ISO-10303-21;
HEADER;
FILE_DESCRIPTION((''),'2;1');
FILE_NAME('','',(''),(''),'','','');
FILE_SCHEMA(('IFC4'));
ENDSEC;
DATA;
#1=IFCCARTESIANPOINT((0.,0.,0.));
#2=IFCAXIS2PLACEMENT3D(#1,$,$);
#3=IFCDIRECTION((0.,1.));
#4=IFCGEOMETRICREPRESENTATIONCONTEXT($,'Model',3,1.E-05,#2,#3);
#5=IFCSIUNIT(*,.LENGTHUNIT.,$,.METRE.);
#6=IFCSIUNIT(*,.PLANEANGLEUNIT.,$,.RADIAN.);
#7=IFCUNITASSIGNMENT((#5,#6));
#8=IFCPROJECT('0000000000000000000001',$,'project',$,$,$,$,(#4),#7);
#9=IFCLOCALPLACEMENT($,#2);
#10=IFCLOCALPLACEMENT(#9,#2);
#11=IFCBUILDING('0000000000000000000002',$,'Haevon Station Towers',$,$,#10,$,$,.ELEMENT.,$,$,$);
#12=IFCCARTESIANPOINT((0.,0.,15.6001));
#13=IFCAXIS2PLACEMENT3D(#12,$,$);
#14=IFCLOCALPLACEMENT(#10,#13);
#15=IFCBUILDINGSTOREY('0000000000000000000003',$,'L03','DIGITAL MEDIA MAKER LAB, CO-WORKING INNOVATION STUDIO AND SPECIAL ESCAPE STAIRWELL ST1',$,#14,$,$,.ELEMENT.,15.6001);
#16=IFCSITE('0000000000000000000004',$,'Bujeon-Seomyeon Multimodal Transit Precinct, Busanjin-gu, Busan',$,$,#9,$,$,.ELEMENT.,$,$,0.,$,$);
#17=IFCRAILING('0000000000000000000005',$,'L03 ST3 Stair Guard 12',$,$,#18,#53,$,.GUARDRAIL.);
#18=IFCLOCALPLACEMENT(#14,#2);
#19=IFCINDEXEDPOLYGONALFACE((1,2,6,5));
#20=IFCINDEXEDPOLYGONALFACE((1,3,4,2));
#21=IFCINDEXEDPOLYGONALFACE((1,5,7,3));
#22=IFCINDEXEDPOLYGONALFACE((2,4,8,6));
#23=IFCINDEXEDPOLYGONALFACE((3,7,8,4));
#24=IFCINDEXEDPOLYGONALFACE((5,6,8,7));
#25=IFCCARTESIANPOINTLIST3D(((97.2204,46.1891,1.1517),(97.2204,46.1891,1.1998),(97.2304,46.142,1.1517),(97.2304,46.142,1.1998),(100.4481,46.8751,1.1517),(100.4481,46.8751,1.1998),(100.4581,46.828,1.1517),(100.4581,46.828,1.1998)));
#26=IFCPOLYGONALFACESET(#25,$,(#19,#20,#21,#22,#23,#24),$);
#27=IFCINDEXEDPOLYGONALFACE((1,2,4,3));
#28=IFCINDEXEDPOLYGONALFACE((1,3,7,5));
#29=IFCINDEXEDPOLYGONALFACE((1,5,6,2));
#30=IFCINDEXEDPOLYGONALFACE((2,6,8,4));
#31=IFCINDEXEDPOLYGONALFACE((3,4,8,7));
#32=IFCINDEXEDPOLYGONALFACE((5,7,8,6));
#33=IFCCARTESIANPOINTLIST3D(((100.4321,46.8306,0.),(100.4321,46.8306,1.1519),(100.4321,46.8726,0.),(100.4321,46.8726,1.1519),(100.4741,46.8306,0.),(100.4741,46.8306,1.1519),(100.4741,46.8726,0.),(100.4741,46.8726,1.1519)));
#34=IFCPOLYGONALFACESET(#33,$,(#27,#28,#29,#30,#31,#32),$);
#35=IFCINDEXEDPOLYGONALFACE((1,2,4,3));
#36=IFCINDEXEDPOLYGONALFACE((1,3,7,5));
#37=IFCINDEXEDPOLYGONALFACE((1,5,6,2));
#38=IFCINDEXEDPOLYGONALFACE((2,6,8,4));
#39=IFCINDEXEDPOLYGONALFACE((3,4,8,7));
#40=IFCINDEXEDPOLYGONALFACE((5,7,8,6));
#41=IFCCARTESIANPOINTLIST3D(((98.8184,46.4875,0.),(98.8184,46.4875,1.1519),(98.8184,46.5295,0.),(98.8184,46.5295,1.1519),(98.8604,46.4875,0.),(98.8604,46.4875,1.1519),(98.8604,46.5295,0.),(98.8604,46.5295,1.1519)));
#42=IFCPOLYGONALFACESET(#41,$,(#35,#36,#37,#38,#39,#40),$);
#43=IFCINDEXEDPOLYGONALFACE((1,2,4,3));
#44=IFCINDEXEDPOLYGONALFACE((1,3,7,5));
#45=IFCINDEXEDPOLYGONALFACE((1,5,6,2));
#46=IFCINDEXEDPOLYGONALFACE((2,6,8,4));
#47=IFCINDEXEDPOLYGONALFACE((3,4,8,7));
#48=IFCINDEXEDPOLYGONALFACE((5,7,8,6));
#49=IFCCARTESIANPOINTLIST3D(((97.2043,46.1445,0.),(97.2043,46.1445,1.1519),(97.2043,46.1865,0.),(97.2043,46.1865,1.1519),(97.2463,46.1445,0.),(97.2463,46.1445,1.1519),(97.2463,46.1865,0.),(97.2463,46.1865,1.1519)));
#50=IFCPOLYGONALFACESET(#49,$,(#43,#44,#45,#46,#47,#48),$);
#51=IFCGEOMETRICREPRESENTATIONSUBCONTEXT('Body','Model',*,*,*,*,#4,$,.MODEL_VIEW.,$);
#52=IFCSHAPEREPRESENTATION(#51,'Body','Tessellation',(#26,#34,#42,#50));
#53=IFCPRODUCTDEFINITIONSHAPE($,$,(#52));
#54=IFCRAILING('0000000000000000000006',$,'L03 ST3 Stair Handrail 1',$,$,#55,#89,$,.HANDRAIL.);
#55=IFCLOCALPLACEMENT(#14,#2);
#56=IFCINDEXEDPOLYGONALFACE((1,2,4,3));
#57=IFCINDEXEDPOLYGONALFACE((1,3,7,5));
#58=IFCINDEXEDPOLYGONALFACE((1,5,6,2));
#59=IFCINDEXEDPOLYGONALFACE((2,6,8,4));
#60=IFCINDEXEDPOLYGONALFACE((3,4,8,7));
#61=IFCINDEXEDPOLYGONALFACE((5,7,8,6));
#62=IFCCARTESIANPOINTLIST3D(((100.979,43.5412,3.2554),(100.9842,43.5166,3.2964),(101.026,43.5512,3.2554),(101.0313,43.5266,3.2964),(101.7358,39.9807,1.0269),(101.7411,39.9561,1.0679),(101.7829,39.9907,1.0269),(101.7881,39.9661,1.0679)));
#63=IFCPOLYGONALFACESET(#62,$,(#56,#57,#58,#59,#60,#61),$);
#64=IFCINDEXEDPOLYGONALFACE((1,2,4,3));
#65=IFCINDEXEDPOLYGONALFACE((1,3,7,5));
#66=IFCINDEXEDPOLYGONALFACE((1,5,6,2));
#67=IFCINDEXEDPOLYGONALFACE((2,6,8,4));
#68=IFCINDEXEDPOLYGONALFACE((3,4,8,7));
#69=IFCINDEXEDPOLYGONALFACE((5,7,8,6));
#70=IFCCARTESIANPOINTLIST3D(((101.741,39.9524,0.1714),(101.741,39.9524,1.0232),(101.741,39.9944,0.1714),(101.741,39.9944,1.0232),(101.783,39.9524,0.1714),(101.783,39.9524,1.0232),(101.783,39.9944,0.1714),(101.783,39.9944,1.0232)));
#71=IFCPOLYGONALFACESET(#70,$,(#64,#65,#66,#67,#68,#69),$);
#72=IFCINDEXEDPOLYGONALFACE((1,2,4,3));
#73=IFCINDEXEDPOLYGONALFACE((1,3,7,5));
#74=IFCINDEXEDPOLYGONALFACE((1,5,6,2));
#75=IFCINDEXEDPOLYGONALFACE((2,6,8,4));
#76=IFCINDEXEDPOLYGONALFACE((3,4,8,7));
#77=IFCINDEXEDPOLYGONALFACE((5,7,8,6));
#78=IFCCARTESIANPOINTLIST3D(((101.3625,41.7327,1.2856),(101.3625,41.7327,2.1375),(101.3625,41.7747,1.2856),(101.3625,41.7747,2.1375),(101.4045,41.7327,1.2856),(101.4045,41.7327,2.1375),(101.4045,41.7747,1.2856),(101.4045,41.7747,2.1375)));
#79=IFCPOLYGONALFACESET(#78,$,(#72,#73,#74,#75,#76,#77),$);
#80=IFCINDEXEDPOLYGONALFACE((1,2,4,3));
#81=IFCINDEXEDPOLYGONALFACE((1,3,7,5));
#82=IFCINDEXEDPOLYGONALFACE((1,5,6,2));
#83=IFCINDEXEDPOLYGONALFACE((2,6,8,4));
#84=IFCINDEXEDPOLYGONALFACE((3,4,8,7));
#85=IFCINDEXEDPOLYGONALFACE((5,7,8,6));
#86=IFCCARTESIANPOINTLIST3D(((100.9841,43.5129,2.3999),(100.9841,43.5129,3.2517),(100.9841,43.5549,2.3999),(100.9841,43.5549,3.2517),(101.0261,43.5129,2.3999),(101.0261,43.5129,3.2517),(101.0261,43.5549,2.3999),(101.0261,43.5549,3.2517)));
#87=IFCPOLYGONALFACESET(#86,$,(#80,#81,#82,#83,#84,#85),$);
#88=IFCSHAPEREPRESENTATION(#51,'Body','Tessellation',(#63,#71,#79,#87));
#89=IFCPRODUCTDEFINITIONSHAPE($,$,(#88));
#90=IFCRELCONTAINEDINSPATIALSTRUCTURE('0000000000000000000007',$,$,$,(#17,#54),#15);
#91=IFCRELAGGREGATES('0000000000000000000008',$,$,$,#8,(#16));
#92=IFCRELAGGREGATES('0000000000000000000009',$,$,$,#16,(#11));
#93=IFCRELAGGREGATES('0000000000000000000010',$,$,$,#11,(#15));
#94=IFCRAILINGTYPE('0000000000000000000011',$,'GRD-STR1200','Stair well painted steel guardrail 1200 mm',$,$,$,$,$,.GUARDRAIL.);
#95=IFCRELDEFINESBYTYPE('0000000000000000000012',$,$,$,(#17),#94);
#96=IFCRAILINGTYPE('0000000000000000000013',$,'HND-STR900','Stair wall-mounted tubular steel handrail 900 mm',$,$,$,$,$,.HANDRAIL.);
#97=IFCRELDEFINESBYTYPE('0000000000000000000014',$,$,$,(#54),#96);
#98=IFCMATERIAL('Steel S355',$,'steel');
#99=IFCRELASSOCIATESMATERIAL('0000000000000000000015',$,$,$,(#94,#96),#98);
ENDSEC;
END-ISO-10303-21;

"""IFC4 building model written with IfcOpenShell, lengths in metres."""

from ifc_helpers import new_model, si_unit, direction, frame, origin, origin_2d, place, context, subcontext, project, spatial, rectangle, extrude, material, type_object, element, save


model = new_model("IFC4")

# Units and contexts
model_context = context("Model", 3, precision=1e-05, world=origin(), true_north=direction((0.0, 1.0)))
body_context = subcontext(model_context, "Body", "Model", "MODEL_VIEW")
ifc_project = project(units=[si_unit("LENGTHUNIT", "METRE"), si_unit("PLANEANGLEUNIT", "RADIAN")], contexts=[model_context])

# Site, building, storey
site_placement = place(None, origin())
site = spatial("IfcSite", under=ifc_project, at=site_placement, Name="Bujeon-Seomyeon Multimodal Transit Precinct, Busanjin-gu, Busan", CompositionType="ELEMENT", RefElevation=0.0)
building_placement = place(site_placement, origin())
building = spatial("IfcBuilding", under=site, at=building_placement, Name="Haevon Station Towers", CompositionType="ELEMENT")
storey_placement = place(building_placement, frame((0.0, 0.0, 15.6001)))
storey = spatial("IfcBuildingStorey", under=building, at=storey_placement, Name="L03", Description="DIGITAL MEDIA MAKER LAB, CO-WORKING INNOVATION STUDIO AND SPECIAL ESCAPE STAIRWELL ST1", CompositionType="ELEMENT", Elevation=15.6001)

# Shared definitions
ifc_material_1 = material(Name="Steel S355", Category="steel")

# Railings
railing_type_1 = type_object("IfcRailingType", Name="GRD-STR1200", Description="Stair well painted steel guardrail 1200 mm", PredefinedType="GUARDRAIL", material=ifc_material_1)
railing_1_placement = place(storey_placement, frame((100.4531, 46.8516, 0.0)))
element("IfcRailing", 1, at=railing_1_placement, inside=storey, type_object=railing_type_1, Name="L03 ST3 Stair Guard 12", PredefinedType="GUARDRAIL", context=body_context, shape_type="SweptSolid", body=[
    extrude(rectangle(XDim=0.0481, YDim=0.0481, at=origin_2d()), frame((0.0, 0.0, 1.1758), z_axis=(-0.978151, -0.207897, 0.0), x_axis=(0.207897, -0.978151, 0.0)), (0.0, 0.0, 1.0), 3.2998),
    extrude(rectangle(XDim=0.042, YDim=0.042, at=origin_2d()), origin(), (0.0, 0.0, 1.0), 1.1519),
    extrude(rectangle(XDim=0.042, YDim=0.042, at=origin_2d()), frame((-1.6138, -0.343, 0.0)), (0.0, 0.0, 1.0), 1.1519),
    extrude(rectangle(XDim=0.042, YDim=0.042, at=origin_2d()), frame((-3.2278, -0.686, 0.0)), (0.0, 0.0, 1.0), 1.1519),
])
railing_type_2 = type_object("IfcRailingType", Name="HND-STR900", Description="Stair wall-mounted tubular steel handrail 900 mm", PredefinedType="HANDRAIL", material=ifc_material_1)
railing_2_placement = place(storey_placement, frame((101.762, 39.9734, 0.1714)))
element("IfcRailing", 2, at=railing_2_placement, inside=storey, type_object=railing_type_2, Name="L03 ST3 Stair Handrail 1", PredefinedType="HANDRAIL", context=body_context, shape_type="SweptSolid", body=[
    extrude(rectangle(XDim=0.0481, YDim=0.0481, at=origin_2d()), frame((0.0, 0.0, 0.876), z_axis=(-0.177324, 0.834225, 0.522134), x_axis=(-0.978147, -0.207917, 0.0)), (0.0, 0.0, 1.0), 4.2681),
    extrude(rectangle(XDim=0.042, YDim=0.042, at=origin_2d()), origin(), (0.0, 0.0, 1.0), 0.8518),
    extrude(rectangle(XDim=0.042, YDim=0.042, at=origin_2d()), frame((-0.3784, 1.7803, 1.1143)), (0.0, 0.0, 1.0), 0.8518),
    extrude(rectangle(XDim=0.042, YDim=0.042, at=origin_2d()), frame((-0.7568, 3.5605, 2.2285)), (0.0, 0.0, 1.0), 0.8518),
])

save(model, "model.ifc")
